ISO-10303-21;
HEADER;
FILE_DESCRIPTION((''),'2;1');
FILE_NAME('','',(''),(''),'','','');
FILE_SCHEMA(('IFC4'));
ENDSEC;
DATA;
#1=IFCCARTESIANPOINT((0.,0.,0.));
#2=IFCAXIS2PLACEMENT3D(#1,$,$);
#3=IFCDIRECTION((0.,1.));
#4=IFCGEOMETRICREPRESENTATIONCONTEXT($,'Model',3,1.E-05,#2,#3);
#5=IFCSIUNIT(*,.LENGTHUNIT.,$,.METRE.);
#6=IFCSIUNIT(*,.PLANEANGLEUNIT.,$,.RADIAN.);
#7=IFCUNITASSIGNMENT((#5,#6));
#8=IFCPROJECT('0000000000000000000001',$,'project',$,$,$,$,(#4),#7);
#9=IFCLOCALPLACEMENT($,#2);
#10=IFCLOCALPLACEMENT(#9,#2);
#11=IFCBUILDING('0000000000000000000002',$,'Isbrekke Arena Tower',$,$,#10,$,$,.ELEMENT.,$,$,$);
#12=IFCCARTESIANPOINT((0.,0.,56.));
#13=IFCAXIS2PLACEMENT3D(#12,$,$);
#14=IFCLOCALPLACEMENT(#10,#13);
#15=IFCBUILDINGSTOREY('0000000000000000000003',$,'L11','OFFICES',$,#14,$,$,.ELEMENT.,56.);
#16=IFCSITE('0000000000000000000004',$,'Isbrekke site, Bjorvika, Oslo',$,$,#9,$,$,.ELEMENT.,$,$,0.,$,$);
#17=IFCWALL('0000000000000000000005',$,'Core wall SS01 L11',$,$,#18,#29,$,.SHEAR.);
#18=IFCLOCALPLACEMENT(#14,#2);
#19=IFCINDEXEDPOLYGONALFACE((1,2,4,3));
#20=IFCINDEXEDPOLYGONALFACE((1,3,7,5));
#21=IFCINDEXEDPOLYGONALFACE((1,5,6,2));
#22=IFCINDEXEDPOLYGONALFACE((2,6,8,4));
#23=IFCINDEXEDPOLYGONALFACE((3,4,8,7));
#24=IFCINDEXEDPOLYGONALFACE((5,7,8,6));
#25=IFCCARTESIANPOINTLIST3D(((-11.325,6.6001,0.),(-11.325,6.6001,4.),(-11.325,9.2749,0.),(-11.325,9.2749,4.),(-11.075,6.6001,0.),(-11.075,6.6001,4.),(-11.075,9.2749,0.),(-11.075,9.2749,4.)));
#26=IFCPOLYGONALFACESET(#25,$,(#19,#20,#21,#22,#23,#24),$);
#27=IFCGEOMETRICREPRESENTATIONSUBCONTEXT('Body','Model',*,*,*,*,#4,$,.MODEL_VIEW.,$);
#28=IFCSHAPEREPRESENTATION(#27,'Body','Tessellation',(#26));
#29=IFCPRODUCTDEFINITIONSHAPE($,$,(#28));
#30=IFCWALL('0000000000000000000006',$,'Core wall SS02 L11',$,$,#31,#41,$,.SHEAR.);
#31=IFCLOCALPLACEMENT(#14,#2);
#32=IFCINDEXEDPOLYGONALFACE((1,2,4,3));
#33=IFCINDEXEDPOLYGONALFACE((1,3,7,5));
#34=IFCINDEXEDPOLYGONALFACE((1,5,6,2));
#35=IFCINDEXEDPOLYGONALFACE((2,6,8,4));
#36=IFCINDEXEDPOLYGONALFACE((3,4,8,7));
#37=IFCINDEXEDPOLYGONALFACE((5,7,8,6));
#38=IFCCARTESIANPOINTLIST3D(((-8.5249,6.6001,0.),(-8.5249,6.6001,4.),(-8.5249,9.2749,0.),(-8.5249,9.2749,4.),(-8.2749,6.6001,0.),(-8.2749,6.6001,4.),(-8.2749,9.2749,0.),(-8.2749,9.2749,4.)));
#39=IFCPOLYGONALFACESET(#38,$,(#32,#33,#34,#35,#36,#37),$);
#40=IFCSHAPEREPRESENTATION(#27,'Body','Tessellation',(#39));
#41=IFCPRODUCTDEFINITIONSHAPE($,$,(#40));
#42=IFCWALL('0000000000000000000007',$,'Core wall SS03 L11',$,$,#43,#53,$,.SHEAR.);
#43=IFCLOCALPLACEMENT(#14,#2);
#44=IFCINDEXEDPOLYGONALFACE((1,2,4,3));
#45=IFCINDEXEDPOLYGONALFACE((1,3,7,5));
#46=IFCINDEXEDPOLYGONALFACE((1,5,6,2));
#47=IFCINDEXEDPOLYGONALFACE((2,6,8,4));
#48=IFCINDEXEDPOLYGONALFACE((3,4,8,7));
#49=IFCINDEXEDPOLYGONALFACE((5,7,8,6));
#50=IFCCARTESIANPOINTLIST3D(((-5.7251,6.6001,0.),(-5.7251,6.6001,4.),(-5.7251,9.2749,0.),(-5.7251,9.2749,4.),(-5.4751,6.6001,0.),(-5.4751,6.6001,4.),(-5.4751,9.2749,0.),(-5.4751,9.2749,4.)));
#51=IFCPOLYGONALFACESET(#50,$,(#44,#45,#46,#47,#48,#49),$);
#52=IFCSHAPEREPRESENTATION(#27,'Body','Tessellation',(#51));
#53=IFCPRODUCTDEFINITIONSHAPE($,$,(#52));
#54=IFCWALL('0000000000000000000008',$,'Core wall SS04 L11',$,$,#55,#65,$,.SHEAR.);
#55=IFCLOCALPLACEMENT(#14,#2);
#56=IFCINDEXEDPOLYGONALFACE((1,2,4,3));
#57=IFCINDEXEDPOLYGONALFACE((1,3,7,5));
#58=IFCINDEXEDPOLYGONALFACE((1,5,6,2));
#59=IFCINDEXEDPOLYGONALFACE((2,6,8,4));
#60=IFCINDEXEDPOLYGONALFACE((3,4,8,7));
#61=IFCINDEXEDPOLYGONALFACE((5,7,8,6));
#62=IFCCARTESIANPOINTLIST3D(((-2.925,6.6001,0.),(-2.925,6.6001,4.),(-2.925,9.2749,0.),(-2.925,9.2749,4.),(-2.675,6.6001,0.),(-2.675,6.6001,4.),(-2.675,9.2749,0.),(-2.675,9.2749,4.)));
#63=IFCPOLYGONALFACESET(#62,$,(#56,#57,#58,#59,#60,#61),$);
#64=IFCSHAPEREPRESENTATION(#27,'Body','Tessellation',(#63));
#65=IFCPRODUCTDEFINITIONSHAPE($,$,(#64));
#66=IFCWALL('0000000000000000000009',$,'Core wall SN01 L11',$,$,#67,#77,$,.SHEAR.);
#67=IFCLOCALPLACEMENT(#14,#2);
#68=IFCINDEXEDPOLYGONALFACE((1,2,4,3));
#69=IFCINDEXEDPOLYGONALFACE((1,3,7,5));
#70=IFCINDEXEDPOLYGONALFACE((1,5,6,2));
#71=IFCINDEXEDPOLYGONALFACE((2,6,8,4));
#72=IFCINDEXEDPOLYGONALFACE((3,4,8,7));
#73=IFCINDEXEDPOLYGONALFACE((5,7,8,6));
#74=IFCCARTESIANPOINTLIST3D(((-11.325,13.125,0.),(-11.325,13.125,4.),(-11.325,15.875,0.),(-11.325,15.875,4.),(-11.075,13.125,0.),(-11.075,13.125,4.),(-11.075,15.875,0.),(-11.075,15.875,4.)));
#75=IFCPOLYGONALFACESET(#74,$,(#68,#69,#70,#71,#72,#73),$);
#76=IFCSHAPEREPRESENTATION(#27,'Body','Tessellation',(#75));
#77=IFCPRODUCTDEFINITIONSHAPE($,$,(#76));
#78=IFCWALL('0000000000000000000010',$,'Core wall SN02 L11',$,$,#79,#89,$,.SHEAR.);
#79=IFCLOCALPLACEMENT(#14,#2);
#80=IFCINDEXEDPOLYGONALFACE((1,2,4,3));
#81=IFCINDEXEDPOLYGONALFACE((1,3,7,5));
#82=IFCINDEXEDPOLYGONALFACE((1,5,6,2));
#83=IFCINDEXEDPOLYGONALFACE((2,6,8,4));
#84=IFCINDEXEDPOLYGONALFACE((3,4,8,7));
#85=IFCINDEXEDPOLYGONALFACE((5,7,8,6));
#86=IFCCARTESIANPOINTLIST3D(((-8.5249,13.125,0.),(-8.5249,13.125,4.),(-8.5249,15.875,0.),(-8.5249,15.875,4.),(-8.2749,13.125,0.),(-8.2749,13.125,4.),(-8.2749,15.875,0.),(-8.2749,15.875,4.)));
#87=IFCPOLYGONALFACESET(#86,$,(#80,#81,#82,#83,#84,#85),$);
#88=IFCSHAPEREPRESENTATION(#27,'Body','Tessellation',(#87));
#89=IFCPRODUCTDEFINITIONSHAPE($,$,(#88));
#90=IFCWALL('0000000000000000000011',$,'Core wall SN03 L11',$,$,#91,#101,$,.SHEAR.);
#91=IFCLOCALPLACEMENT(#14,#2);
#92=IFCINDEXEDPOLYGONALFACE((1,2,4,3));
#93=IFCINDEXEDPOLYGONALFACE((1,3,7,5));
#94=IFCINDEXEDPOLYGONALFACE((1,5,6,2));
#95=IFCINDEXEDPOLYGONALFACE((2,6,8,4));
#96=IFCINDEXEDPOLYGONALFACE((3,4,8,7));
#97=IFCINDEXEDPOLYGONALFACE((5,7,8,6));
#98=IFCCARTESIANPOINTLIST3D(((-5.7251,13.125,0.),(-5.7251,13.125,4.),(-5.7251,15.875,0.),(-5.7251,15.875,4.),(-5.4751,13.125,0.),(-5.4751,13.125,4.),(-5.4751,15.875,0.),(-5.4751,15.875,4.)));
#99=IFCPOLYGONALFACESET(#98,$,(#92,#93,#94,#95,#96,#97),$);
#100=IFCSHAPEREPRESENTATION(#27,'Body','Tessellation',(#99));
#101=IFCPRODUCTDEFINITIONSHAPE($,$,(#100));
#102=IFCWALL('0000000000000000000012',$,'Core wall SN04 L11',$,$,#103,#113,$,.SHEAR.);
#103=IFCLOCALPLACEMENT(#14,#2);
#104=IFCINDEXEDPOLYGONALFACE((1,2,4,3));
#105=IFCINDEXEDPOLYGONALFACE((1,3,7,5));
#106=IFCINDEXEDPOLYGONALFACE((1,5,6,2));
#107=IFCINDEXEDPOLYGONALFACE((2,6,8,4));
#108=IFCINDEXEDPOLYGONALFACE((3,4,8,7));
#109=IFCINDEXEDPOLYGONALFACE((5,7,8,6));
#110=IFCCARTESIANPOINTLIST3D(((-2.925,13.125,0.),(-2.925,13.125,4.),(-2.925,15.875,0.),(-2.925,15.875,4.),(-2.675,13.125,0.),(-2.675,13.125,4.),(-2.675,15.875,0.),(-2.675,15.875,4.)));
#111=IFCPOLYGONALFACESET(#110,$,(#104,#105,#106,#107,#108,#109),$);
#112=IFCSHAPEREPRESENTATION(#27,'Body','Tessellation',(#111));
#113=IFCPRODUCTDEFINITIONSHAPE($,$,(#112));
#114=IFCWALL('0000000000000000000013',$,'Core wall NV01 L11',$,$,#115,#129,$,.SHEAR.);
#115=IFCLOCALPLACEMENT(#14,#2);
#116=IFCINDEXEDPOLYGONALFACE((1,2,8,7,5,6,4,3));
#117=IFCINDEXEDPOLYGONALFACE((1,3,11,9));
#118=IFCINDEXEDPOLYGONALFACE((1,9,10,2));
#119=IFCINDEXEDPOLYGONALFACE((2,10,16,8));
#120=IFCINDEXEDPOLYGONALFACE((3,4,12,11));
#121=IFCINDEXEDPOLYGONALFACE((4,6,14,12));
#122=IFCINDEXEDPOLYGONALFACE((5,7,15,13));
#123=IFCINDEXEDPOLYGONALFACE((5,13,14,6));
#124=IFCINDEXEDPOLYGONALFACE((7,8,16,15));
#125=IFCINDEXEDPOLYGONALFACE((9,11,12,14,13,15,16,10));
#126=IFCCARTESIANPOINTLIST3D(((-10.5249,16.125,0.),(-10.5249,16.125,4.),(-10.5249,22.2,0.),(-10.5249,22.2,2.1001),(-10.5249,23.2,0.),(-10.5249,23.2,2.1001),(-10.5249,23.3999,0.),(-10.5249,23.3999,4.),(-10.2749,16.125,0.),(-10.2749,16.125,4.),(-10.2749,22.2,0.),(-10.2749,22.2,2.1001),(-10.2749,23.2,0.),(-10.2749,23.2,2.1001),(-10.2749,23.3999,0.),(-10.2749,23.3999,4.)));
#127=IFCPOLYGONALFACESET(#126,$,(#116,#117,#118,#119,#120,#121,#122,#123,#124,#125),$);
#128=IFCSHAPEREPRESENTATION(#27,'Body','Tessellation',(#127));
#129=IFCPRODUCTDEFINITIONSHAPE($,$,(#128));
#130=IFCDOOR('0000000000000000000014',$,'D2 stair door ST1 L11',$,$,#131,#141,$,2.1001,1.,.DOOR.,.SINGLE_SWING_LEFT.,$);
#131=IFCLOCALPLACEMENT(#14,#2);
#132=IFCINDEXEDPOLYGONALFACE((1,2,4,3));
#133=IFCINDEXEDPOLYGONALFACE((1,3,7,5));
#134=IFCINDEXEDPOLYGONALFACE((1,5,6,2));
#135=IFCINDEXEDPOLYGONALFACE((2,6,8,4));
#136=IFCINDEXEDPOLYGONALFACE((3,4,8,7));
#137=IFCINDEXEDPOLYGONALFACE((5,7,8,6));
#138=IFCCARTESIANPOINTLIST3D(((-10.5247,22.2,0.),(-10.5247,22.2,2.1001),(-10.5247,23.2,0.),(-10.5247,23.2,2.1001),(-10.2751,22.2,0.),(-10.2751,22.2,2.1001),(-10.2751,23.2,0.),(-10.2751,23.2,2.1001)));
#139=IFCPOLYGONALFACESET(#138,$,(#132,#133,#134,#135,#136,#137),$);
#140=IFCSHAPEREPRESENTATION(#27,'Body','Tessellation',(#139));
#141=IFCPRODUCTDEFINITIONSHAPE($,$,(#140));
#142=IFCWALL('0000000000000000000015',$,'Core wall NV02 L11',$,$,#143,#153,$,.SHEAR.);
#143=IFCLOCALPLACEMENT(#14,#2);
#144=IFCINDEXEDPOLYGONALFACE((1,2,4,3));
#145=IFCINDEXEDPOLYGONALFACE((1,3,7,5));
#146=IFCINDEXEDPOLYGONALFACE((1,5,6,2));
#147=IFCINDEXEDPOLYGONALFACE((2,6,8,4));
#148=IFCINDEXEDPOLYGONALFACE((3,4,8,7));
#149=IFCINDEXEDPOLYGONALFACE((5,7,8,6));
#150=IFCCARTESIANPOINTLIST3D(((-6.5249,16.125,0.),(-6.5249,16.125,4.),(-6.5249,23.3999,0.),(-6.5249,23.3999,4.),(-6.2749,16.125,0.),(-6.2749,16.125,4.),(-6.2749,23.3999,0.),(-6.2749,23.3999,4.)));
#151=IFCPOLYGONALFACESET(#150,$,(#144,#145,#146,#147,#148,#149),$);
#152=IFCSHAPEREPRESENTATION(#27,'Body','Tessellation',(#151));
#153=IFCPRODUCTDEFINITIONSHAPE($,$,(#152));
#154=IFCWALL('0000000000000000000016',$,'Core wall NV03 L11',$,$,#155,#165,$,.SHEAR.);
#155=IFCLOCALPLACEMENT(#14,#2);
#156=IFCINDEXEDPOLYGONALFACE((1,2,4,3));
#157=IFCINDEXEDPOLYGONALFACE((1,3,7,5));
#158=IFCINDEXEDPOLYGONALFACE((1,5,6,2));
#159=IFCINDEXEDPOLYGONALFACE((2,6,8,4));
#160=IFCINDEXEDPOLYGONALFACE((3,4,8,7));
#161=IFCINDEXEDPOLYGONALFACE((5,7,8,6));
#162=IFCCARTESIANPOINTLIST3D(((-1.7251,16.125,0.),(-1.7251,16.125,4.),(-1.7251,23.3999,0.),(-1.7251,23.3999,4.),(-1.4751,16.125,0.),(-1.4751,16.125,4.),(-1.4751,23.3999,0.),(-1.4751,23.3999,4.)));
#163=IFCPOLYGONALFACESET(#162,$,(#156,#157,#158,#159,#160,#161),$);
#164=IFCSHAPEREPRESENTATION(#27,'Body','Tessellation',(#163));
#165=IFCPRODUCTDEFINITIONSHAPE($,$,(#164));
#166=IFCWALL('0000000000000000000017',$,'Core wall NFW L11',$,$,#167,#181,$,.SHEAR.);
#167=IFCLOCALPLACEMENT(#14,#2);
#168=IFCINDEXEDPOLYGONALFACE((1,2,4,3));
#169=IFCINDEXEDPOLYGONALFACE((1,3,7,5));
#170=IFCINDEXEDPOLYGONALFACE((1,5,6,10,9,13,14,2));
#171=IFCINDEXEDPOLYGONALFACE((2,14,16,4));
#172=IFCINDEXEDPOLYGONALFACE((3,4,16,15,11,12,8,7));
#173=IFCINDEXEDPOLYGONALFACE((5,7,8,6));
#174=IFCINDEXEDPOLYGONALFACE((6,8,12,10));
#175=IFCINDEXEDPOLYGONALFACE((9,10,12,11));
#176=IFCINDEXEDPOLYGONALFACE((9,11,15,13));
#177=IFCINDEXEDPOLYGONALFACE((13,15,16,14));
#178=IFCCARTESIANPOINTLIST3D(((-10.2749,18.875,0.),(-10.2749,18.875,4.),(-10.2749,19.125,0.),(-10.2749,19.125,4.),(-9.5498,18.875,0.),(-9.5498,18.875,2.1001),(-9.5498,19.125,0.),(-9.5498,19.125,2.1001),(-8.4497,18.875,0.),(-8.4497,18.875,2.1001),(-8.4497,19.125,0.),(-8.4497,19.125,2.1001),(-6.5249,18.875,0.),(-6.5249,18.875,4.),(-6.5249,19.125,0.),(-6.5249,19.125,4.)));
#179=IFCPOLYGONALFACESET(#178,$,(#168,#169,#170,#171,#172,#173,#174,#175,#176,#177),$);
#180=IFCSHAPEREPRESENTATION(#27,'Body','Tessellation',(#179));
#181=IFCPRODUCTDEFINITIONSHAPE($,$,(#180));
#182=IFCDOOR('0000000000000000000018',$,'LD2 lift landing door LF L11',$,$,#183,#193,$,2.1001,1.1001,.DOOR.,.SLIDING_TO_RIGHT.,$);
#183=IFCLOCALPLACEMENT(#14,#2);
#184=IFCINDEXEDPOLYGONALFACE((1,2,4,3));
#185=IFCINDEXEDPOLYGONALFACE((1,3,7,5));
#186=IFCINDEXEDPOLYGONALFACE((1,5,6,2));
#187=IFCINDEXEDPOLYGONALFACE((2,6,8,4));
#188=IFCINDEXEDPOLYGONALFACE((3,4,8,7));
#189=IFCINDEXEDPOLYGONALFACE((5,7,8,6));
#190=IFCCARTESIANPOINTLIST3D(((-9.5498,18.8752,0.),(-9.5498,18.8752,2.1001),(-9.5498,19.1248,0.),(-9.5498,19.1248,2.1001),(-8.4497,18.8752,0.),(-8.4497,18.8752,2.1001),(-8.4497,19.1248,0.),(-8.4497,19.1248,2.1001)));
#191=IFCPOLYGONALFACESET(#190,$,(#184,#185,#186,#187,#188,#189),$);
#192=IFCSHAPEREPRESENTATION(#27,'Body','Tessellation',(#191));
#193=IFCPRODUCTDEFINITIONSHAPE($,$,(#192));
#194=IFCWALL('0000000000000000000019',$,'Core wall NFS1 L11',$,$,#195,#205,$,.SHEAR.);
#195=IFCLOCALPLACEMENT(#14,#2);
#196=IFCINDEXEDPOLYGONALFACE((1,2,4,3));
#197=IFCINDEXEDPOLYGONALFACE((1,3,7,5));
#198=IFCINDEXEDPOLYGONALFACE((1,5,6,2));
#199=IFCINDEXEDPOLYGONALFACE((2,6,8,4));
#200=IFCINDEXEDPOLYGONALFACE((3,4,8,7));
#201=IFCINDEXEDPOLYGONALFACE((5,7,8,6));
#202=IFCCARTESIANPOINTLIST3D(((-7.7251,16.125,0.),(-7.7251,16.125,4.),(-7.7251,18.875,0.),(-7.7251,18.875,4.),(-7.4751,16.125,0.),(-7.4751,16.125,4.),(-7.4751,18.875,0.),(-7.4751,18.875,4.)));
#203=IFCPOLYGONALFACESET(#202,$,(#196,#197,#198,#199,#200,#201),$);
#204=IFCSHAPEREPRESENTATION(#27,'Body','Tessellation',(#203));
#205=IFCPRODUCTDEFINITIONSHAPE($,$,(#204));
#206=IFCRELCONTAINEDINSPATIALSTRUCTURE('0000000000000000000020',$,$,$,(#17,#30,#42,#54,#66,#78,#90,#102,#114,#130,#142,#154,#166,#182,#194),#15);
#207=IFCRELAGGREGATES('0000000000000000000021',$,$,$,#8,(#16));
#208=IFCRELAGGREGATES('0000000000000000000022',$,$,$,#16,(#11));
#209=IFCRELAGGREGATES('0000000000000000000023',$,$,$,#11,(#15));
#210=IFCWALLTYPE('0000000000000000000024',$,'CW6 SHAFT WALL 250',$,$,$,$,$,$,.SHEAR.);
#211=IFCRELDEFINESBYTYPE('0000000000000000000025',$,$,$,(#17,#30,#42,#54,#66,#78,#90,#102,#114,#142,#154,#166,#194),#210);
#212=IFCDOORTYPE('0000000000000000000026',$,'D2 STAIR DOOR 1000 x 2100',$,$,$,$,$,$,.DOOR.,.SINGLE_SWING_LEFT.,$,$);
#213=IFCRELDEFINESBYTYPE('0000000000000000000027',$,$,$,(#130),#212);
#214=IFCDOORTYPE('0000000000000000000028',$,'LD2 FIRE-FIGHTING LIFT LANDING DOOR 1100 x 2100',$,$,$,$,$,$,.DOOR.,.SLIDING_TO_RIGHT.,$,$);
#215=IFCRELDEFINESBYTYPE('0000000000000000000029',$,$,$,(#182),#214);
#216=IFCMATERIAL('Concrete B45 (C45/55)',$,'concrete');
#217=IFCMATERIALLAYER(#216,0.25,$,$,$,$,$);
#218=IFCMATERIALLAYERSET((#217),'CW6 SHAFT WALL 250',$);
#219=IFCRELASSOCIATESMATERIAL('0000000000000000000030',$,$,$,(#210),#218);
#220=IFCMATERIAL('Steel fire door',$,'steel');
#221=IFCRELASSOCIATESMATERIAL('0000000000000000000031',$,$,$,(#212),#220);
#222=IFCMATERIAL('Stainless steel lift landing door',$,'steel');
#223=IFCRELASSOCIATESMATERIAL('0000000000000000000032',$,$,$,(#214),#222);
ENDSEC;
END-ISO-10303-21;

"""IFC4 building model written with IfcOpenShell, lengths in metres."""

from ifc_helpers import new_model, si_unit, direction, frame, frame_2d, origin, place, context, subcontext, project, spatial, rectangle, extrude, material, layer, layer_set, type_object, element, fill, save


model = new_model("IFC4")

# Units and contexts
model_context = context("Model", 3, precision=1e-05, world=origin(), true_north=direction((0.0, 1.0)))
body_context = subcontext(model_context, "Body", "Model", "MODEL_VIEW")
ifc_project = project(units=[si_unit("LENGTHUNIT", "METRE"), si_unit("PLANEANGLEUNIT", "RADIAN")], contexts=[model_context])

# Site, building, storey
site_placement = place(None, origin())
site = spatial("IfcSite", under=ifc_project, at=site_placement, Name="Isbrekke site, Bjorvika, Oslo", CompositionType="ELEMENT", RefElevation=0.0)
building_placement = place(site_placement, origin())
building = spatial("IfcBuilding", under=site, at=building_placement, Name="Isbrekke Arena Tower", CompositionType="ELEMENT")
storey_placement = place(building_placement, frame((0.0, 0.0, 56.0)))
storey = spatial("IfcBuildingStorey", under=building, at=storey_placement, Name="L11", Description="OFFICES", CompositionType="ELEMENT", Elevation=56.0)

# Walls
ifc_material_1 = material(Name="Concrete B45 (C45/55)", Category="concrete")
ifc_layer_1 = layer(ifc_material_1, 0.25)
ifc_layer_set_1 = layer_set([ifc_layer_1], Name="CW6 SHAFT WALL 250")
wall_type_1 = type_object("IfcWallType", Name="CW6 SHAFT WALL 250", PredefinedType="SHEAR", material=ifc_layer_set_1)
for number, where, z_axis, x_axis, name in (
    (1, (-11.2, 6.6001, 0.0), (0.0, 0.0, 1.0), (0.0, 1.0, 0.0), "Core wall SS01 L11"),
    (2, (-8.3999, 6.6001, 0.0), (0.0, 0.0, 1.0), (0.0, 1.0, 0.0), "Core wall SS02 L11"),
    (3, (-5.6001, 6.6001, 0.0), (0.0, 0.0, 1.0), (0.0, 1.0, 0.0), "Core wall SS03 L11"),
    (4, (-2.8, 6.6001, 0.0), (0.0, 0.0, 1.0), (0.0, 1.0, 0.0), "Core wall SS04 L11"),
):
    element("IfcWall", number, at=place(storey_placement, frame(where, z_axis=z_axis, x_axis=x_axis)), inside=storey, type_object=wall_type_1, Name=name, PredefinedType="SHEAR", context=body_context, shape_type="SweptSolid", body=[
        extrude(rectangle(XDim=2.6748, YDim=0.25, at=frame_2d((1.3374, 0.0))), origin(), (0.0, 0.0, 1.0), 4.0),
    ])
for number, where, z_axis, x_axis, name in (
    (5, (-11.2, 13.125, 0.0), (0.0, 0.0, 1.0), (0.0, 1.0, 0.0), "Core wall SN01 L11"),
    (6, (-8.3999, 13.125, 0.0), (0.0, 0.0, 1.0), (0.0, 1.0, 0.0), "Core wall SN02 L11"),
    (7, (-5.6001, 13.125, 0.0), (0.0, 0.0, 1.0), (0.0, 1.0, 0.0), "Core wall SN03 L11"),
    (8, (-2.8, 13.125, 0.0), (0.0, 0.0, 1.0), (0.0, 1.0, 0.0), "Core wall SN04 L11"),
):
    element("IfcWall", number, at=place(storey_placement, frame(where, z_axis=z_axis, x_axis=x_axis)), inside=storey, type_object=wall_type_1, Name=name, PredefinedType="SHEAR", context=body_context, shape_type="SweptSolid", body=[
        extrude(rectangle(XDim=2.75, YDim=0.25, at=frame_2d((1.375, 0.0))), origin(), (0.0, 0.0, 1.0), 4.0),
    ])

# Wall, opening, door
wall_1_placement = place(storey_placement, frame((-10.3999, 16.125, 0.0), z_axis=(0.0, 0.0, 1.0), x_axis=(0.0, 1.0, 0.0)))
wall_1 = element("IfcWall", 9, at=wall_1_placement, inside=storey, type_object=wall_type_1, Name="Core wall NV01 L11", PredefinedType="SHEAR", context=body_context, shape_type="SweptSolid", body=[
    extrude(rectangle(XDim=7.2749, YDim=0.25, at=frame_2d((3.6375, 0.0))), origin(), (0.0, 0.0, 1.0), 4.0),
])
opening_1_placement = place(wall_1_placement, frame((6.075, 0.0, 0.0)))
opening_1 = element("IfcOpeningElement", 10, at=opening_1_placement, cuts=wall_1, PredefinedType="OPENING", context=body_context, shape_type="SweptSolid", body=[
    extrude(rectangle(XDim=1.0, YDim=2.1001, at=frame_2d((0.5, 1.05))), frame((0.0, 0.1399, 0.0), z_axis=(0.0, -1.0, 0.0), x_axis=(1.0, 0.0, 0.0)), (0.0, 0.0, 1.0), 0.2798),
])
ifc_material_2 = material(Name="Steel fire door", Category="steel")
door_type_1 = type_object("IfcDoorType", Name="D2 STAIR DOOR 1000 x 2100", OperationType="SINGLE_SWING_LEFT", PredefinedType="DOOR", material=ifc_material_2)
door_1_placement = place(opening_1_placement, origin())
door_1 = element("IfcDoor", 11, at=door_1_placement, inside=storey, type_object=door_type_1, Name="D2 stair door ST1 L11", OperationType="SINGLE_SWING_LEFT", OverallHeight=2.1001, OverallWidth=1.0, PredefinedType="DOOR", context=body_context, shape_type="SweptSolid", body=[
    extrude(rectangle(XDim=1.0, YDim=2.1001, at=frame_2d((0.5, 1.05))), frame((0.0, 0.1248, 0.0), z_axis=(0.0, -1.0, 0.0), x_axis=(1.0, 0.0, 0.0)), (0.0, 0.0, 1.0), 0.2495),
])
fill(opening_1, door_1)

# Walls
for number, where, z_axis, x_axis, name in (
    (12, (-6.3999, 16.125, 0.0), (0.0, 0.0, 1.0), (0.0, 1.0, 0.0), "Core wall NV02 L11"),
    (13, (-1.6001, 16.125, 0.0), (0.0, 0.0, 1.0), (0.0, 1.0, 0.0), "Core wall NV03 L11"),
):
    element("IfcWall", number, at=place(storey_placement, frame(where, z_axis=z_axis, x_axis=x_axis)), inside=storey, type_object=wall_type_1, Name=name, PredefinedType="SHEAR", context=body_context, shape_type="SweptSolid", body=[
        extrude(rectangle(XDim=7.2749, YDim=0.25, at=frame_2d((3.6375, 0.0))), origin(), (0.0, 0.0, 1.0), 4.0),
    ])

# Wall, opening, door
wall_2_placement = place(storey_placement, frame((-10.2749, 19.0, 0.0), z_axis=(0.0, 0.0, 1.0), x_axis=(1.0, 0.0, 0.0)))
wall_2 = element("IfcWall", 14, at=wall_2_placement, inside=storey, type_object=wall_type_1, Name="Core wall NFW L11", PredefinedType="SHEAR", context=body_context, shape_type="SweptSolid", body=[
    extrude(rectangle(XDim=3.75, YDim=0.25, at=frame_2d((1.875, 0.0))), origin(), (0.0, 0.0, 1.0), 4.0),
])
opening_2_placement = place(wall_2_placement, frame((0.7251, 0.0, 0.0)))
opening_2 = element("IfcOpeningElement", 15, at=opening_2_placement, cuts=wall_2, PredefinedType="OPENING", context=body_context, shape_type="SweptSolid", body=[
    extrude(rectangle(XDim=1.1001, YDim=2.1001, at=frame_2d((0.55, 1.05))), frame((0.0, 0.1399, 0.0), z_axis=(0.0, -1.0, 0.0), x_axis=(1.0, 0.0, 0.0)), (0.0, 0.0, 1.0), 0.2798),
])
ifc_material_3 = material(Name="Stainless steel lift landing door", Category="steel")
door_type_2 = type_object("IfcDoorType", Name="LD2 FIRE-FIGHTING LIFT LANDING DOOR 1100 x 2100", OperationType="SLIDING_TO_RIGHT", PredefinedType="DOOR", material=ifc_material_3)
door_2_placement = place(opening_2_placement, origin())
door_2 = element("IfcDoor", 16, at=door_2_placement, inside=storey, type_object=door_type_2, Name="LD2 lift landing door LF L11", OperationType="SLIDING_TO_RIGHT", OverallHeight=2.1001, OverallWidth=1.1001, PredefinedType="DOOR", context=body_context, shape_type="SweptSolid", body=[
    extrude(rectangle(XDim=1.1001, YDim=2.1001, at=frame_2d((0.55, 1.05))), frame((0.0, 0.1248, 0.0), z_axis=(0.0, -1.0, 0.0), x_axis=(1.0, 0.0, 0.0)), (0.0, 0.0, 1.0), 0.2495),
])
fill(opening_2, door_2)

# Wall
wall_3_placement = place(storey_placement, frame((-7.6001, 16.125, 0.0), z_axis=(0.0, 0.0, 1.0), x_axis=(0.0, 1.0, 0.0)))
element("IfcWall", 17, at=wall_3_placement, inside=storey, type_object=wall_type_1, Name="Core wall NFS1 L11", PredefinedType="SHEAR", context=body_context, shape_type="SweptSolid", body=[
    extrude(rectangle(XDim=2.75, YDim=0.25, at=frame_2d((1.375, 0.0))), origin(), (0.0, 0.0, 1.0), 4.0),
])

save(model, "model.ifc")
